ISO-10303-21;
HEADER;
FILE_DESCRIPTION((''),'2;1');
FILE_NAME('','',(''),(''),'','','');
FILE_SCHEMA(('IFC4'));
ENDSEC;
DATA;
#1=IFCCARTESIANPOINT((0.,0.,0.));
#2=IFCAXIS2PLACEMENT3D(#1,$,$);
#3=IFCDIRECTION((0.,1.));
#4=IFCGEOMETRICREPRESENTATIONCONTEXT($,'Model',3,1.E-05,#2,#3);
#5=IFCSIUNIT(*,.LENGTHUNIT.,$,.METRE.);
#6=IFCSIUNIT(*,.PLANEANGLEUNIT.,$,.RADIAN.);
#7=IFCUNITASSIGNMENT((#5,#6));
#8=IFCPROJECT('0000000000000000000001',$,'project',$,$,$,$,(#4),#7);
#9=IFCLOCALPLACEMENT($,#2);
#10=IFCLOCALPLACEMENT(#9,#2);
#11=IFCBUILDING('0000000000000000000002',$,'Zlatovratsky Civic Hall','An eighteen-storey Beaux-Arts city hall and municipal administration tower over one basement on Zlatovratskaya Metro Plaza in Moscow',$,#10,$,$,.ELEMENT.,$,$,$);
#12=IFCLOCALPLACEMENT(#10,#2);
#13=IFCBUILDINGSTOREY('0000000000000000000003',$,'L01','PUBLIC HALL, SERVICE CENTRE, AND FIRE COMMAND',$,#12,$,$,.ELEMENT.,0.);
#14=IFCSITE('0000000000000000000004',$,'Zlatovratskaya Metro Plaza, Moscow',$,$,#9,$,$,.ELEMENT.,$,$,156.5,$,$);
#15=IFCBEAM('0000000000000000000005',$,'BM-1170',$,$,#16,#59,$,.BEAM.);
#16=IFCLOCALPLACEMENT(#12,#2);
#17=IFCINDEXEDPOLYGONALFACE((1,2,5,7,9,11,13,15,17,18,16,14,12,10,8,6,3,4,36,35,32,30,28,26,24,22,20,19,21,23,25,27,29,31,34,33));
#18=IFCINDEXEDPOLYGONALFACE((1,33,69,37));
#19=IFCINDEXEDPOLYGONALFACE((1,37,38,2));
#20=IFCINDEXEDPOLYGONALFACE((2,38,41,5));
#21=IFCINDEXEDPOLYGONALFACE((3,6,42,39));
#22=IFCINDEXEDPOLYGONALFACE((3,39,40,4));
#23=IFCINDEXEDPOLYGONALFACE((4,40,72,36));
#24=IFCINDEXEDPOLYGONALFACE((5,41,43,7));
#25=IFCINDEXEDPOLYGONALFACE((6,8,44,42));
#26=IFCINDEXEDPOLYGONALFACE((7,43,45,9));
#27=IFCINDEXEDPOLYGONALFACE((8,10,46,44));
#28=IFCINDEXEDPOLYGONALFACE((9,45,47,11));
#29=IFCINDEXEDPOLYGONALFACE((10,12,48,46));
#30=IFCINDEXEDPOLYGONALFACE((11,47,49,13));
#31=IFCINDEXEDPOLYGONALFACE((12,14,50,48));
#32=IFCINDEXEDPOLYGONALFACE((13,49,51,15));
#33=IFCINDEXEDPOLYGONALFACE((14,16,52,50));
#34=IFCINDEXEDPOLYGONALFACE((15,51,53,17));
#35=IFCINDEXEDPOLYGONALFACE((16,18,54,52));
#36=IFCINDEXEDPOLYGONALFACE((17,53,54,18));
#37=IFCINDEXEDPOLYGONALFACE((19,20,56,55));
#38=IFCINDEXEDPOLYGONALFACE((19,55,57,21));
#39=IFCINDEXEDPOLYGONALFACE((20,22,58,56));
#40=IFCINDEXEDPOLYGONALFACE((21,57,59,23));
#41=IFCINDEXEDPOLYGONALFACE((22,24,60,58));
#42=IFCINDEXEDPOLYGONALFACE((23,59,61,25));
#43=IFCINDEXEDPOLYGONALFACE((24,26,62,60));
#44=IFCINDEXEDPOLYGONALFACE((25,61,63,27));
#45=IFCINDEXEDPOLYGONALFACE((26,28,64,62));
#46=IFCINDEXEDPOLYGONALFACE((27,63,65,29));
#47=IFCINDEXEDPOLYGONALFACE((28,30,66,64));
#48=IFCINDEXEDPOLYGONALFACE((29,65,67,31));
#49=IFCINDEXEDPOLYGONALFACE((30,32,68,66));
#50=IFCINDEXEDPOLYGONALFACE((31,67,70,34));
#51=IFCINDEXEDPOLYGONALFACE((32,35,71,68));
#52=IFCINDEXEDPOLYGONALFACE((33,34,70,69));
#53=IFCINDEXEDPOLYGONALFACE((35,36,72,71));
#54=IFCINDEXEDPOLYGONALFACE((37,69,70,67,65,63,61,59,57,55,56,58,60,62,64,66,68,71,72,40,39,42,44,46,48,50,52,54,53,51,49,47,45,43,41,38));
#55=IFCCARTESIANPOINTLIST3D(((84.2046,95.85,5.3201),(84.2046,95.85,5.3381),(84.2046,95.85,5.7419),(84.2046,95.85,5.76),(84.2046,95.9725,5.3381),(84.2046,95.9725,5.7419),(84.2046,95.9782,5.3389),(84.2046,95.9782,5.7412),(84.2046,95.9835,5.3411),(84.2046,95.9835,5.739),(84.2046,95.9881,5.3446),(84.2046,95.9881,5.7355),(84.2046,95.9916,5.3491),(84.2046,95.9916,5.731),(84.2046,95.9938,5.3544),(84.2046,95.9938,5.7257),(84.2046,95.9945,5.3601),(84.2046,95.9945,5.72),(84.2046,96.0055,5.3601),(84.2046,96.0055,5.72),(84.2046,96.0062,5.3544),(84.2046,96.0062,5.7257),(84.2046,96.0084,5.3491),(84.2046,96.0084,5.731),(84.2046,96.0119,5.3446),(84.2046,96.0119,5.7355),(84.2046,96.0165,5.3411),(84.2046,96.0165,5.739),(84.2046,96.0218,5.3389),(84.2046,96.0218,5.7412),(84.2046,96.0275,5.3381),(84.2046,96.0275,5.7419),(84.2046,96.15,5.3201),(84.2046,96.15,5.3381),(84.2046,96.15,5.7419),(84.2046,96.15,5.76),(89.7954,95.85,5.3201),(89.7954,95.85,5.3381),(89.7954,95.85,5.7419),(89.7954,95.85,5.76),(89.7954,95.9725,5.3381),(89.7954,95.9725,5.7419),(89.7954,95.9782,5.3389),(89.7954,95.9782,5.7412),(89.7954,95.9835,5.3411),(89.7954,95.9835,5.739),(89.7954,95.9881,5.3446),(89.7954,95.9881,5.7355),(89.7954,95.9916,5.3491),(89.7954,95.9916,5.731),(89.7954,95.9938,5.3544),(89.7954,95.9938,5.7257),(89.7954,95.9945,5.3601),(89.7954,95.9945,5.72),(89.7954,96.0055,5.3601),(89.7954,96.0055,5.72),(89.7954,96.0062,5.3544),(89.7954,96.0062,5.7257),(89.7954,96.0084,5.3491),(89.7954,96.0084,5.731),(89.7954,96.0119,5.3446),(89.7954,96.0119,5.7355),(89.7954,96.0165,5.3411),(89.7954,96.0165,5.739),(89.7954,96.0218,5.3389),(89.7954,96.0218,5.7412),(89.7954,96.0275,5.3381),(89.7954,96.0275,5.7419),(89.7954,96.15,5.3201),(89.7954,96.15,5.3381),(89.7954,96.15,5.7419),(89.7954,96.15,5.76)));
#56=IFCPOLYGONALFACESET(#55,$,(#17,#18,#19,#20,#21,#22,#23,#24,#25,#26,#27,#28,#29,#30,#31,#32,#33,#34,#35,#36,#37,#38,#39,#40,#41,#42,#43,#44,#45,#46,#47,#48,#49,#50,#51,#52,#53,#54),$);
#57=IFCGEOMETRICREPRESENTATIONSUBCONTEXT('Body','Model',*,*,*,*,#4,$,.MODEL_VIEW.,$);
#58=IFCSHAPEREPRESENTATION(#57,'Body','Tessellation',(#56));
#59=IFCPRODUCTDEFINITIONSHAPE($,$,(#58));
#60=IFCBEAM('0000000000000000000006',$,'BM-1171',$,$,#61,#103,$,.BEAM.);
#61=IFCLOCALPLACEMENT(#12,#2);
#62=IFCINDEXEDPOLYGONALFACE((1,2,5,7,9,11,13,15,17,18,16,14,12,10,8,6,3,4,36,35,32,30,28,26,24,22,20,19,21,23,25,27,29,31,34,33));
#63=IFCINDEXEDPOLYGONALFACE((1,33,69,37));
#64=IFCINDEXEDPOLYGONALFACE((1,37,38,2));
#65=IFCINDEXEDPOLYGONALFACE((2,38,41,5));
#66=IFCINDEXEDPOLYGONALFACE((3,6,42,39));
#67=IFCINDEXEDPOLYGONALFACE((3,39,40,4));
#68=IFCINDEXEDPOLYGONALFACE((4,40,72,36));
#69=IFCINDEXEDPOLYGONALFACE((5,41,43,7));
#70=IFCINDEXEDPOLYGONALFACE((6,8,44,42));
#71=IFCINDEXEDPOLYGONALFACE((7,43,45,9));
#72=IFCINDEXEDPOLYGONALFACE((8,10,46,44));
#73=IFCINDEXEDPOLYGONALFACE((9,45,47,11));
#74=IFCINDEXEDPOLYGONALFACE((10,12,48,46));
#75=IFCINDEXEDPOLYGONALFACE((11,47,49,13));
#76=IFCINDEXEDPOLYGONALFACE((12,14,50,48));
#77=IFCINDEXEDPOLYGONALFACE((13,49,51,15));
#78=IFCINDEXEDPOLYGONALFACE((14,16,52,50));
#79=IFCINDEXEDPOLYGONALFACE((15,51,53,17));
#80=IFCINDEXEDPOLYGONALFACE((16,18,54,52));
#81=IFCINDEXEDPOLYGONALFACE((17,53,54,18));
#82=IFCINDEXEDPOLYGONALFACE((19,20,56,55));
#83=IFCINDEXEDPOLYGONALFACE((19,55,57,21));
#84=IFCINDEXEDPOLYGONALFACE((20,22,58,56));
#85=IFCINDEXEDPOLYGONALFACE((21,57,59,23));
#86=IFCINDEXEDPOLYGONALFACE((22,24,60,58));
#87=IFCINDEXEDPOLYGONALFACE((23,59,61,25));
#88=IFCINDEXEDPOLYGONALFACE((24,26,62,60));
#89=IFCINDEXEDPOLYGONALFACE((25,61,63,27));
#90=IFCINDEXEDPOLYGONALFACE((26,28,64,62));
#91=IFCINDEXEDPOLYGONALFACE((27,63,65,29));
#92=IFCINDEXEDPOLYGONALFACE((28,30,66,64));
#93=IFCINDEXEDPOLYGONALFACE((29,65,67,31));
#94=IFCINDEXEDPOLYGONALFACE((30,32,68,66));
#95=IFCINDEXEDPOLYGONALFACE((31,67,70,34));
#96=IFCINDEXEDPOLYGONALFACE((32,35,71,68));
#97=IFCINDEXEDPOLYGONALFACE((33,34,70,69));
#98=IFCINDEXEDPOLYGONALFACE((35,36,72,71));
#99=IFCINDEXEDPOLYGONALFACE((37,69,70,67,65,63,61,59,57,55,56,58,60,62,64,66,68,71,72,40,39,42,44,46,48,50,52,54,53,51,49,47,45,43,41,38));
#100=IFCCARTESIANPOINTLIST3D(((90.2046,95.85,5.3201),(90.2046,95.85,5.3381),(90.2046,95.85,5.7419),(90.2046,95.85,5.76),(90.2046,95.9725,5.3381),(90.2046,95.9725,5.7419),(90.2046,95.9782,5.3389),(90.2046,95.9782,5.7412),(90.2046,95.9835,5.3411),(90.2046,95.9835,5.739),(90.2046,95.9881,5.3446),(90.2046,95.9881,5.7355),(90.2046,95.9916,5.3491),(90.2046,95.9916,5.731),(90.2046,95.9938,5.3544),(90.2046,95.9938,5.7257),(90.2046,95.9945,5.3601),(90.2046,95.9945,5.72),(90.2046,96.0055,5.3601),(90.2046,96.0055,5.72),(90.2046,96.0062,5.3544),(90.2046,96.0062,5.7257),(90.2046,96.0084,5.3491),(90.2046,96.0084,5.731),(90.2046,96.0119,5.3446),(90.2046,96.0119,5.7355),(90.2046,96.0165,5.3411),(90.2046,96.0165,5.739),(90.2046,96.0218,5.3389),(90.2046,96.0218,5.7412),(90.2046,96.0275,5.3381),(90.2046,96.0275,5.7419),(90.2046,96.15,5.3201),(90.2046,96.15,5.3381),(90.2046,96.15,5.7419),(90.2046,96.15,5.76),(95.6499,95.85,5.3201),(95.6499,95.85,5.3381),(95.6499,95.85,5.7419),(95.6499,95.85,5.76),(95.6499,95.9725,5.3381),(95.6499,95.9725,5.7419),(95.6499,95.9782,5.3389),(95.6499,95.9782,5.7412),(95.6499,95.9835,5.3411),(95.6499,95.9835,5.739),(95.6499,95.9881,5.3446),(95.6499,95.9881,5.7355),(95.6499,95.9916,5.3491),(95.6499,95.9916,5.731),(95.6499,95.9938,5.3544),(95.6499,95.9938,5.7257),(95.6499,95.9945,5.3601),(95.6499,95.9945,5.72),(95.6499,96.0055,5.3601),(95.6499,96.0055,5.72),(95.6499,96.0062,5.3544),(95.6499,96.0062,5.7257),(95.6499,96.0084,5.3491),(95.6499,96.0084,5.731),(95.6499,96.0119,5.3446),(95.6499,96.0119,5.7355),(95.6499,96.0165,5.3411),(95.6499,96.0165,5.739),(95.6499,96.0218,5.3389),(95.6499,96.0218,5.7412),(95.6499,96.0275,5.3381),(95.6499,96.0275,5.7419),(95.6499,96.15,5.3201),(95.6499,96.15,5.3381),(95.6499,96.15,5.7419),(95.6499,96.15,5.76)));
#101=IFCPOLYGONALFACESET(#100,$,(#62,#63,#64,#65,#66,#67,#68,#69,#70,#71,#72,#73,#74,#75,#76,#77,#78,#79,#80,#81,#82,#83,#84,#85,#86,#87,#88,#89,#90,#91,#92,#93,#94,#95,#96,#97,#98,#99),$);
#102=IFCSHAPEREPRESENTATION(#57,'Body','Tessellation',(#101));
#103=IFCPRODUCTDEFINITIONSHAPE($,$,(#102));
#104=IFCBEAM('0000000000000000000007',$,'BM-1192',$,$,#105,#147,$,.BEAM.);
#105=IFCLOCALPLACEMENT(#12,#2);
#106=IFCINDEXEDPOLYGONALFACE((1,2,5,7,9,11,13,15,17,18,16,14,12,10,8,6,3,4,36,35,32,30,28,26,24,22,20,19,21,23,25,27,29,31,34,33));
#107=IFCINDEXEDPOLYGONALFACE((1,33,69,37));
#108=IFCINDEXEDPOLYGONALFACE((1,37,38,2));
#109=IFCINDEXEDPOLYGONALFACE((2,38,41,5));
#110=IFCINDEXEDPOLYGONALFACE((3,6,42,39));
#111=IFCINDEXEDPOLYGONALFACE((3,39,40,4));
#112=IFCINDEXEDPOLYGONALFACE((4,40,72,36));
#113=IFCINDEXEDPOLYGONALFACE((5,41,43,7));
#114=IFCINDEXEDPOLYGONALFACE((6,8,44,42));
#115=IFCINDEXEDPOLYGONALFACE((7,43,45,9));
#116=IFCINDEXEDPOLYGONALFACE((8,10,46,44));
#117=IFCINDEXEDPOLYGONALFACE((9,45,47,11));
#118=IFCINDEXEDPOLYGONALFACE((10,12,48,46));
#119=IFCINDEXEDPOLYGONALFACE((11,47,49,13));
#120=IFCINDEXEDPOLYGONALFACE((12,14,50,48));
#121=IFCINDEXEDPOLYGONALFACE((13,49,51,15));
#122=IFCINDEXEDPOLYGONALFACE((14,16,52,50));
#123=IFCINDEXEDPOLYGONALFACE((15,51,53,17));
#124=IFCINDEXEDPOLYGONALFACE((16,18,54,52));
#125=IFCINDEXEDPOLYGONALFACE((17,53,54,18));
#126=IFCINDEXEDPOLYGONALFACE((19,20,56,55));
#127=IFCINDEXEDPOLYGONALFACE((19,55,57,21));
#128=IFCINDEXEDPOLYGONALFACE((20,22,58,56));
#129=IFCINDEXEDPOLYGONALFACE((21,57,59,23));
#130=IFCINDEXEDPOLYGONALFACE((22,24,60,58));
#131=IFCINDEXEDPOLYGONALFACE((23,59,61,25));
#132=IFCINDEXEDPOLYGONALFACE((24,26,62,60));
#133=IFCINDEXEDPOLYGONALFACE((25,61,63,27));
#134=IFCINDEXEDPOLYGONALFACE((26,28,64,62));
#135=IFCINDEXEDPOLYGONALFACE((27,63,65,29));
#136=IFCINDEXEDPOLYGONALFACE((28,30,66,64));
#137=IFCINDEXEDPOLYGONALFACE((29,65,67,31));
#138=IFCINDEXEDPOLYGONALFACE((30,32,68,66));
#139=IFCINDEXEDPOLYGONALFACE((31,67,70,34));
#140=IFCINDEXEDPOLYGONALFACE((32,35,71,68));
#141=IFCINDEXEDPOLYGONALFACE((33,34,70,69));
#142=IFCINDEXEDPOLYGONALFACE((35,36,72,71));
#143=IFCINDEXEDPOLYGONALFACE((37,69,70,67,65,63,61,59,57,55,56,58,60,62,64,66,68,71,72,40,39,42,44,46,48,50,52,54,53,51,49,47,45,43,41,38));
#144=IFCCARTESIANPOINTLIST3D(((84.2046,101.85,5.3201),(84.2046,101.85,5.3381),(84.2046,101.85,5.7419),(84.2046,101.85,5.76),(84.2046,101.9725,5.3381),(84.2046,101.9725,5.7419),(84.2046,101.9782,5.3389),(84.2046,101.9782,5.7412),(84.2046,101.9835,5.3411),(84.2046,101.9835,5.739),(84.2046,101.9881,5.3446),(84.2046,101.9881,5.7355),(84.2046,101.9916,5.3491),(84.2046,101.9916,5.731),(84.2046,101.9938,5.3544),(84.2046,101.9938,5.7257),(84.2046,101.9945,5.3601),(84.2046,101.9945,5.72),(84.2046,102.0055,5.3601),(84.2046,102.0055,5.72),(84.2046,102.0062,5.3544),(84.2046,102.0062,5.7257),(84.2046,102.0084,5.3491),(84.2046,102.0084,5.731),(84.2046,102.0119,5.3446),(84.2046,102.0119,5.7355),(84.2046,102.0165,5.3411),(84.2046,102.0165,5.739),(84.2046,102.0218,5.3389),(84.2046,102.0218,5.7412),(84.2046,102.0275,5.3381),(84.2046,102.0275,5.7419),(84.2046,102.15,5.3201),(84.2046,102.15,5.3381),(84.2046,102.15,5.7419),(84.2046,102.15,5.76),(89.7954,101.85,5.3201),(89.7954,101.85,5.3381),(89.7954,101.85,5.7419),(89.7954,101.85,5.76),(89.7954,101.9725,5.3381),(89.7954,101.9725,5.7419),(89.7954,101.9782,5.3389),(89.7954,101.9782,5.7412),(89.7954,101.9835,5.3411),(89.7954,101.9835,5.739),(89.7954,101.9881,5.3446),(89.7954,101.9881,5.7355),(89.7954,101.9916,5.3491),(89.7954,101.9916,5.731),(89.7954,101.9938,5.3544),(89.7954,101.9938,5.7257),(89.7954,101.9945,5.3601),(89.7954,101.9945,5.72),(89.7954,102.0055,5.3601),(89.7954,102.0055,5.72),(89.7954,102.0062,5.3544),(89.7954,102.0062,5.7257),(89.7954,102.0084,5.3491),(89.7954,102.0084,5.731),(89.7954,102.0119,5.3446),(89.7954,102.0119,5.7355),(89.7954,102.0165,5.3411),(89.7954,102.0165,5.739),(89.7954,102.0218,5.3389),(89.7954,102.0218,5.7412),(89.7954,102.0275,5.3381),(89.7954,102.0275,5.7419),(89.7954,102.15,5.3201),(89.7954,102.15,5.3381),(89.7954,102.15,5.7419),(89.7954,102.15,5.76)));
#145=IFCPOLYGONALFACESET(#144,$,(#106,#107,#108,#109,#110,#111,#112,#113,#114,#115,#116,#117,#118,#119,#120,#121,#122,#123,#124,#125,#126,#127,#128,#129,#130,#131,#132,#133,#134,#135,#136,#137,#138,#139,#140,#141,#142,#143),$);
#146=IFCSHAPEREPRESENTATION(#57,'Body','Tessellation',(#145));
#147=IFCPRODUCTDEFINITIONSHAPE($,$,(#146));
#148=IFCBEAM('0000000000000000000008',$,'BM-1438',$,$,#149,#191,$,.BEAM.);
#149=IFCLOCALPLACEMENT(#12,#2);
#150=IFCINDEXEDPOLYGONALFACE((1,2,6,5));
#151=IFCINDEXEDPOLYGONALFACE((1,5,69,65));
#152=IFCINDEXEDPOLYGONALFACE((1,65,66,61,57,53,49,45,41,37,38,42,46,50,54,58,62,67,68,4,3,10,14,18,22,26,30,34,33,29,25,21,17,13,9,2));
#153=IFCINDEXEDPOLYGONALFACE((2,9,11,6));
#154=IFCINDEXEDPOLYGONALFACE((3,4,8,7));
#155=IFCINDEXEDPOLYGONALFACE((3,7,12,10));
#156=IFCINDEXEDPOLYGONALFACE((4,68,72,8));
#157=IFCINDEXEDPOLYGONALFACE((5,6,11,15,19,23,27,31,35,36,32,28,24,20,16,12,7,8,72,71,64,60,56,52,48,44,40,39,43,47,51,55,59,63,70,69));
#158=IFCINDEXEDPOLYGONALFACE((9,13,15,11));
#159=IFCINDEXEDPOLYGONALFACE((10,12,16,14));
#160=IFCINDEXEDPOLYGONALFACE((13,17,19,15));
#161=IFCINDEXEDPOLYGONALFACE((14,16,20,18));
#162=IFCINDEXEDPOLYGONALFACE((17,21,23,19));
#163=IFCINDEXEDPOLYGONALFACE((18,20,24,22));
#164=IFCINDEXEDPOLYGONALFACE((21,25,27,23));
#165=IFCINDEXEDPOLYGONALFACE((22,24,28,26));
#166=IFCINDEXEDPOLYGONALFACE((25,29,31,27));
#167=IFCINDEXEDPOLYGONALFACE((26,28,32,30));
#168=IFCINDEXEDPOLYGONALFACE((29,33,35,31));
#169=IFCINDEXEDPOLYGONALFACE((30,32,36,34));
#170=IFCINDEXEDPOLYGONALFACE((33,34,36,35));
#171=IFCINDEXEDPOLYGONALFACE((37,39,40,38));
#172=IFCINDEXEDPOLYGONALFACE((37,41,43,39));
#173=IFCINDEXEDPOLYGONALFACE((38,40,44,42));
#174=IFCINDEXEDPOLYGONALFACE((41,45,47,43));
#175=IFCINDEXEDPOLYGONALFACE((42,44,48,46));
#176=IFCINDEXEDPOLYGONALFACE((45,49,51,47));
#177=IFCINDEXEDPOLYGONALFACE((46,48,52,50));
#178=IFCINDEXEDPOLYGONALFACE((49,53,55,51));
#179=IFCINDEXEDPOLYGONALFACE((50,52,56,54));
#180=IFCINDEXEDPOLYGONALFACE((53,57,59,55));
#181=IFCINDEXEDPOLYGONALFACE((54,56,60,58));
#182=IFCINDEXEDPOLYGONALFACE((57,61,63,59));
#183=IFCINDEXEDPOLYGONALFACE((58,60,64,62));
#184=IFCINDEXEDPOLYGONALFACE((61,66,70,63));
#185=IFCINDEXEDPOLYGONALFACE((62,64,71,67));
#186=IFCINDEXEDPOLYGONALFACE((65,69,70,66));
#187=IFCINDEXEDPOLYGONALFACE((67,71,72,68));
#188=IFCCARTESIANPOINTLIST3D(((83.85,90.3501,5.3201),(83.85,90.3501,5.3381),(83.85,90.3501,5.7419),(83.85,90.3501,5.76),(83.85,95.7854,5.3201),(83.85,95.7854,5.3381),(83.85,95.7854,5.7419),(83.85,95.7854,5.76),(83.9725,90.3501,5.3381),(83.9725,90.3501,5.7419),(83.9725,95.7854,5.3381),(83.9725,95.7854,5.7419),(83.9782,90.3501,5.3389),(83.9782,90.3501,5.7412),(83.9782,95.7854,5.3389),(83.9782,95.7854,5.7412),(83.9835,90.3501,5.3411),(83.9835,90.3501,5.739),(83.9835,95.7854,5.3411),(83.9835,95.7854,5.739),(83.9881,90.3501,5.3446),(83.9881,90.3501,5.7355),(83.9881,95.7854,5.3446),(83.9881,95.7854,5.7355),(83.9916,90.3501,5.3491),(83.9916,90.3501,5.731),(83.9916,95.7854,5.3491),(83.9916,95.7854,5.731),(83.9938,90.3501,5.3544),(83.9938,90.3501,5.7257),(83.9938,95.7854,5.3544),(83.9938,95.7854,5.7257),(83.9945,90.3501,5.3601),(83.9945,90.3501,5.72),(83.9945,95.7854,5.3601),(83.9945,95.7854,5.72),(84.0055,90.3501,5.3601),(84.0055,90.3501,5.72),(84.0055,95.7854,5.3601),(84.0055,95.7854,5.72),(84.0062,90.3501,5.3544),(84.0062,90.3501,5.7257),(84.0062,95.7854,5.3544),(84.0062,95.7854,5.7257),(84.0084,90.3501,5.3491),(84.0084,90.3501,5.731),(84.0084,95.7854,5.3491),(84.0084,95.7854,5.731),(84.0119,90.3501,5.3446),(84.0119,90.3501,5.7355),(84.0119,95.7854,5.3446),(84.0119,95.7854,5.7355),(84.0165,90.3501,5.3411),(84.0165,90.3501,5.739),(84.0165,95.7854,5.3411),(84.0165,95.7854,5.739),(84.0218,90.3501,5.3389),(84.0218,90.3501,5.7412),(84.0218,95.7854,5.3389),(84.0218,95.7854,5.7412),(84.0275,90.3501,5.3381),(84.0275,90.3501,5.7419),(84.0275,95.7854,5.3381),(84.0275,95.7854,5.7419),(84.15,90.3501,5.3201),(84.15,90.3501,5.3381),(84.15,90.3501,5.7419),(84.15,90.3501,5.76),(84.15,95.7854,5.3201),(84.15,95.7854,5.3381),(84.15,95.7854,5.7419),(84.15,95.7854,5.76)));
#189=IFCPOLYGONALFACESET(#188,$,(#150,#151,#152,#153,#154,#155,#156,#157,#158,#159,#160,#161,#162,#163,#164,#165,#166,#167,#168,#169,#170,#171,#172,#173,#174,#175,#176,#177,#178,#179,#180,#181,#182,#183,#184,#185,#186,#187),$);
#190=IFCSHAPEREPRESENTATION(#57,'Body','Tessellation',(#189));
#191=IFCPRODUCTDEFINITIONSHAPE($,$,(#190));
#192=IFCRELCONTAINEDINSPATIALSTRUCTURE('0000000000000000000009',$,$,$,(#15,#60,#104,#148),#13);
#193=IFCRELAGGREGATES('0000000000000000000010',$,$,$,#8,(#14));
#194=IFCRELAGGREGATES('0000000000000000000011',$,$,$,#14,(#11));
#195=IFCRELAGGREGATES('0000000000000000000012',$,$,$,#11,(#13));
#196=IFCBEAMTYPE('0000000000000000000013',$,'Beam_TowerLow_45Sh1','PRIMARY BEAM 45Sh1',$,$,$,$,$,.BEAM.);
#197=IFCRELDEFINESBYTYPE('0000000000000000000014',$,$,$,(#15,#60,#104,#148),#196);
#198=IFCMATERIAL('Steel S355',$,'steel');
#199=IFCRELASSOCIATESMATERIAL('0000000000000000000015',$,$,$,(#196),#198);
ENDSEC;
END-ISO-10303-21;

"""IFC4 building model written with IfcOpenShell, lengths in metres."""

from ifc_helpers import new_model, si_unit, direction, frame, origin, origin_2d, place, context, subcontext, project, spatial, i_section, extrude, material, material_profile, profile_set, type_object, element, save


model = new_model("IFC4")

# Units and contexts
model_context = context("Model", 3, precision=1e-05, world=origin(), true_north=direction((0.0, 1.0)))
body_context = subcontext(model_context, "Body", "Model", "MODEL_VIEW")
ifc_project = project(units=[si_unit("LENGTHUNIT", "METRE"), si_unit("PLANEANGLEUNIT", "RADIAN")], contexts=[model_context])

# Site, building, storey
site_placement = place(None, origin())
site = spatial("IfcSite", under=ifc_project, at=site_placement, Name="Zlatovratskaya Metro Plaza, Moscow", CompositionType="ELEMENT", RefElevation=156.5)
building_placement = place(site_placement, origin())
building = spatial("IfcBuilding", under=site, at=building_placement, Name="Zlatovratsky Civic Hall", Description="An eighteen-storey Beaux-Arts city hall and municipal administration tower over one basement on Zlatovratskaya Metro Plaza in Moscow", CompositionType="ELEMENT")
storey_placement = place(building_placement, origin())
storey = spatial("IfcBuildingStorey", under=building, at=storey_placement, Name="L01", Description="PUBLIC HALL, SERVICE CENTRE, AND FIRE COMMAND", CompositionType="ELEMENT", Elevation=0.0)

# Shared definitions
ifc_material_1 = material(Name="Steel S355", Category="steel")

# Beams
ifc_material_profile_1 = material_profile(ifc_material_1, i_section(OverallWidth=0.3, OverallDepth=0.4399, WebThickness=0.011, FlangeThickness=0.0181, FilletRadius=0.022, at=origin_2d()), Name="45Sh1")
ifc_profile_set_1 = profile_set([ifc_material_profile_1], Name="Steel S355")
beam_type_1 = type_object("IfcBeamType", Name="Beam_TowerLow_45Sh1", Description="PRIMARY BEAM 45Sh1", PredefinedType="BEAM", material=ifc_profile_set_1)
beam_1_placement = place(storey_placement, frame((84.2046, 96.0, 5.54), z_axis=(1.0, 0.0, 0.0), x_axis=(0.0, 1.0, 0.0)))
element("IfcBeam", 1, at=beam_1_placement, inside=storey, type_object=beam_type_1, Name="BM-1170", PredefinedType="BEAM", context=body_context, shape_type="SweptSolid", body=[
    extrude(i_section(OverallWidth=0.3, OverallDepth=0.4399, WebThickness=0.011, FlangeThickness=0.0181, FilletRadius=0.022, at=origin_2d()), origin(), (0.0, 0.0, 1.0), 5.5908),
])
beam_2_placement = place(storey_placement, frame((90.2046, 96.0, 5.54), z_axis=(1.0, 0.0, 0.0), x_axis=(0.0, 1.0, 0.0)))
element("IfcBeam", 2, at=beam_2_placement, inside=storey, type_object=beam_type_1, Name="BM-1171", PredefinedType="BEAM", context=body_context, shape_type="SweptSolid", body=[
    extrude(i_section(OverallWidth=0.3, OverallDepth=0.4399, WebThickness=0.011, FlangeThickness=0.0181, FilletRadius=0.022, at=origin_2d()), origin(), (0.0, 0.0, 1.0), 5.4453),
])
beam_3_placement = place(storey_placement, frame((84.2046, 102.0, 5.54), z_axis=(1.0, 0.0, 0.0), x_axis=(0.0, 1.0, 0.0)))
element("IfcBeam", 3, at=beam_3_placement, inside=storey, type_object=beam_type_1, Name="BM-1192", PredefinedType="BEAM", context=body_context, shape_type="SweptSolid", body=[
    extrude(i_section(OverallWidth=0.3, OverallDepth=0.4399, WebThickness=0.011, FlangeThickness=0.0181, FilletRadius=0.022, at=origin_2d()), origin(), (0.0, 0.0, 1.0), 5.5908),
])
beam_4_placement = place(storey_placement, frame((84.0, 90.3501, 5.54), z_axis=(0.0, 1.0, 0.0), x_axis=(-1.0, 0.0, 0.0)))
element("IfcBeam", 4, at=beam_4_placement, inside=storey, type_object=beam_type_1, Name="BM-1438", PredefinedType="BEAM", context=body_context, shape_type="SweptSolid", body=[
    extrude(i_section(OverallWidth=0.3, OverallDepth=0.4399, WebThickness=0.011, FlangeThickness=0.0181, FilletRadius=0.022, at=origin_2d()), origin(), (0.0, 0.0, 1.0), 5.4353),
])

save(model, "model.ifc")
